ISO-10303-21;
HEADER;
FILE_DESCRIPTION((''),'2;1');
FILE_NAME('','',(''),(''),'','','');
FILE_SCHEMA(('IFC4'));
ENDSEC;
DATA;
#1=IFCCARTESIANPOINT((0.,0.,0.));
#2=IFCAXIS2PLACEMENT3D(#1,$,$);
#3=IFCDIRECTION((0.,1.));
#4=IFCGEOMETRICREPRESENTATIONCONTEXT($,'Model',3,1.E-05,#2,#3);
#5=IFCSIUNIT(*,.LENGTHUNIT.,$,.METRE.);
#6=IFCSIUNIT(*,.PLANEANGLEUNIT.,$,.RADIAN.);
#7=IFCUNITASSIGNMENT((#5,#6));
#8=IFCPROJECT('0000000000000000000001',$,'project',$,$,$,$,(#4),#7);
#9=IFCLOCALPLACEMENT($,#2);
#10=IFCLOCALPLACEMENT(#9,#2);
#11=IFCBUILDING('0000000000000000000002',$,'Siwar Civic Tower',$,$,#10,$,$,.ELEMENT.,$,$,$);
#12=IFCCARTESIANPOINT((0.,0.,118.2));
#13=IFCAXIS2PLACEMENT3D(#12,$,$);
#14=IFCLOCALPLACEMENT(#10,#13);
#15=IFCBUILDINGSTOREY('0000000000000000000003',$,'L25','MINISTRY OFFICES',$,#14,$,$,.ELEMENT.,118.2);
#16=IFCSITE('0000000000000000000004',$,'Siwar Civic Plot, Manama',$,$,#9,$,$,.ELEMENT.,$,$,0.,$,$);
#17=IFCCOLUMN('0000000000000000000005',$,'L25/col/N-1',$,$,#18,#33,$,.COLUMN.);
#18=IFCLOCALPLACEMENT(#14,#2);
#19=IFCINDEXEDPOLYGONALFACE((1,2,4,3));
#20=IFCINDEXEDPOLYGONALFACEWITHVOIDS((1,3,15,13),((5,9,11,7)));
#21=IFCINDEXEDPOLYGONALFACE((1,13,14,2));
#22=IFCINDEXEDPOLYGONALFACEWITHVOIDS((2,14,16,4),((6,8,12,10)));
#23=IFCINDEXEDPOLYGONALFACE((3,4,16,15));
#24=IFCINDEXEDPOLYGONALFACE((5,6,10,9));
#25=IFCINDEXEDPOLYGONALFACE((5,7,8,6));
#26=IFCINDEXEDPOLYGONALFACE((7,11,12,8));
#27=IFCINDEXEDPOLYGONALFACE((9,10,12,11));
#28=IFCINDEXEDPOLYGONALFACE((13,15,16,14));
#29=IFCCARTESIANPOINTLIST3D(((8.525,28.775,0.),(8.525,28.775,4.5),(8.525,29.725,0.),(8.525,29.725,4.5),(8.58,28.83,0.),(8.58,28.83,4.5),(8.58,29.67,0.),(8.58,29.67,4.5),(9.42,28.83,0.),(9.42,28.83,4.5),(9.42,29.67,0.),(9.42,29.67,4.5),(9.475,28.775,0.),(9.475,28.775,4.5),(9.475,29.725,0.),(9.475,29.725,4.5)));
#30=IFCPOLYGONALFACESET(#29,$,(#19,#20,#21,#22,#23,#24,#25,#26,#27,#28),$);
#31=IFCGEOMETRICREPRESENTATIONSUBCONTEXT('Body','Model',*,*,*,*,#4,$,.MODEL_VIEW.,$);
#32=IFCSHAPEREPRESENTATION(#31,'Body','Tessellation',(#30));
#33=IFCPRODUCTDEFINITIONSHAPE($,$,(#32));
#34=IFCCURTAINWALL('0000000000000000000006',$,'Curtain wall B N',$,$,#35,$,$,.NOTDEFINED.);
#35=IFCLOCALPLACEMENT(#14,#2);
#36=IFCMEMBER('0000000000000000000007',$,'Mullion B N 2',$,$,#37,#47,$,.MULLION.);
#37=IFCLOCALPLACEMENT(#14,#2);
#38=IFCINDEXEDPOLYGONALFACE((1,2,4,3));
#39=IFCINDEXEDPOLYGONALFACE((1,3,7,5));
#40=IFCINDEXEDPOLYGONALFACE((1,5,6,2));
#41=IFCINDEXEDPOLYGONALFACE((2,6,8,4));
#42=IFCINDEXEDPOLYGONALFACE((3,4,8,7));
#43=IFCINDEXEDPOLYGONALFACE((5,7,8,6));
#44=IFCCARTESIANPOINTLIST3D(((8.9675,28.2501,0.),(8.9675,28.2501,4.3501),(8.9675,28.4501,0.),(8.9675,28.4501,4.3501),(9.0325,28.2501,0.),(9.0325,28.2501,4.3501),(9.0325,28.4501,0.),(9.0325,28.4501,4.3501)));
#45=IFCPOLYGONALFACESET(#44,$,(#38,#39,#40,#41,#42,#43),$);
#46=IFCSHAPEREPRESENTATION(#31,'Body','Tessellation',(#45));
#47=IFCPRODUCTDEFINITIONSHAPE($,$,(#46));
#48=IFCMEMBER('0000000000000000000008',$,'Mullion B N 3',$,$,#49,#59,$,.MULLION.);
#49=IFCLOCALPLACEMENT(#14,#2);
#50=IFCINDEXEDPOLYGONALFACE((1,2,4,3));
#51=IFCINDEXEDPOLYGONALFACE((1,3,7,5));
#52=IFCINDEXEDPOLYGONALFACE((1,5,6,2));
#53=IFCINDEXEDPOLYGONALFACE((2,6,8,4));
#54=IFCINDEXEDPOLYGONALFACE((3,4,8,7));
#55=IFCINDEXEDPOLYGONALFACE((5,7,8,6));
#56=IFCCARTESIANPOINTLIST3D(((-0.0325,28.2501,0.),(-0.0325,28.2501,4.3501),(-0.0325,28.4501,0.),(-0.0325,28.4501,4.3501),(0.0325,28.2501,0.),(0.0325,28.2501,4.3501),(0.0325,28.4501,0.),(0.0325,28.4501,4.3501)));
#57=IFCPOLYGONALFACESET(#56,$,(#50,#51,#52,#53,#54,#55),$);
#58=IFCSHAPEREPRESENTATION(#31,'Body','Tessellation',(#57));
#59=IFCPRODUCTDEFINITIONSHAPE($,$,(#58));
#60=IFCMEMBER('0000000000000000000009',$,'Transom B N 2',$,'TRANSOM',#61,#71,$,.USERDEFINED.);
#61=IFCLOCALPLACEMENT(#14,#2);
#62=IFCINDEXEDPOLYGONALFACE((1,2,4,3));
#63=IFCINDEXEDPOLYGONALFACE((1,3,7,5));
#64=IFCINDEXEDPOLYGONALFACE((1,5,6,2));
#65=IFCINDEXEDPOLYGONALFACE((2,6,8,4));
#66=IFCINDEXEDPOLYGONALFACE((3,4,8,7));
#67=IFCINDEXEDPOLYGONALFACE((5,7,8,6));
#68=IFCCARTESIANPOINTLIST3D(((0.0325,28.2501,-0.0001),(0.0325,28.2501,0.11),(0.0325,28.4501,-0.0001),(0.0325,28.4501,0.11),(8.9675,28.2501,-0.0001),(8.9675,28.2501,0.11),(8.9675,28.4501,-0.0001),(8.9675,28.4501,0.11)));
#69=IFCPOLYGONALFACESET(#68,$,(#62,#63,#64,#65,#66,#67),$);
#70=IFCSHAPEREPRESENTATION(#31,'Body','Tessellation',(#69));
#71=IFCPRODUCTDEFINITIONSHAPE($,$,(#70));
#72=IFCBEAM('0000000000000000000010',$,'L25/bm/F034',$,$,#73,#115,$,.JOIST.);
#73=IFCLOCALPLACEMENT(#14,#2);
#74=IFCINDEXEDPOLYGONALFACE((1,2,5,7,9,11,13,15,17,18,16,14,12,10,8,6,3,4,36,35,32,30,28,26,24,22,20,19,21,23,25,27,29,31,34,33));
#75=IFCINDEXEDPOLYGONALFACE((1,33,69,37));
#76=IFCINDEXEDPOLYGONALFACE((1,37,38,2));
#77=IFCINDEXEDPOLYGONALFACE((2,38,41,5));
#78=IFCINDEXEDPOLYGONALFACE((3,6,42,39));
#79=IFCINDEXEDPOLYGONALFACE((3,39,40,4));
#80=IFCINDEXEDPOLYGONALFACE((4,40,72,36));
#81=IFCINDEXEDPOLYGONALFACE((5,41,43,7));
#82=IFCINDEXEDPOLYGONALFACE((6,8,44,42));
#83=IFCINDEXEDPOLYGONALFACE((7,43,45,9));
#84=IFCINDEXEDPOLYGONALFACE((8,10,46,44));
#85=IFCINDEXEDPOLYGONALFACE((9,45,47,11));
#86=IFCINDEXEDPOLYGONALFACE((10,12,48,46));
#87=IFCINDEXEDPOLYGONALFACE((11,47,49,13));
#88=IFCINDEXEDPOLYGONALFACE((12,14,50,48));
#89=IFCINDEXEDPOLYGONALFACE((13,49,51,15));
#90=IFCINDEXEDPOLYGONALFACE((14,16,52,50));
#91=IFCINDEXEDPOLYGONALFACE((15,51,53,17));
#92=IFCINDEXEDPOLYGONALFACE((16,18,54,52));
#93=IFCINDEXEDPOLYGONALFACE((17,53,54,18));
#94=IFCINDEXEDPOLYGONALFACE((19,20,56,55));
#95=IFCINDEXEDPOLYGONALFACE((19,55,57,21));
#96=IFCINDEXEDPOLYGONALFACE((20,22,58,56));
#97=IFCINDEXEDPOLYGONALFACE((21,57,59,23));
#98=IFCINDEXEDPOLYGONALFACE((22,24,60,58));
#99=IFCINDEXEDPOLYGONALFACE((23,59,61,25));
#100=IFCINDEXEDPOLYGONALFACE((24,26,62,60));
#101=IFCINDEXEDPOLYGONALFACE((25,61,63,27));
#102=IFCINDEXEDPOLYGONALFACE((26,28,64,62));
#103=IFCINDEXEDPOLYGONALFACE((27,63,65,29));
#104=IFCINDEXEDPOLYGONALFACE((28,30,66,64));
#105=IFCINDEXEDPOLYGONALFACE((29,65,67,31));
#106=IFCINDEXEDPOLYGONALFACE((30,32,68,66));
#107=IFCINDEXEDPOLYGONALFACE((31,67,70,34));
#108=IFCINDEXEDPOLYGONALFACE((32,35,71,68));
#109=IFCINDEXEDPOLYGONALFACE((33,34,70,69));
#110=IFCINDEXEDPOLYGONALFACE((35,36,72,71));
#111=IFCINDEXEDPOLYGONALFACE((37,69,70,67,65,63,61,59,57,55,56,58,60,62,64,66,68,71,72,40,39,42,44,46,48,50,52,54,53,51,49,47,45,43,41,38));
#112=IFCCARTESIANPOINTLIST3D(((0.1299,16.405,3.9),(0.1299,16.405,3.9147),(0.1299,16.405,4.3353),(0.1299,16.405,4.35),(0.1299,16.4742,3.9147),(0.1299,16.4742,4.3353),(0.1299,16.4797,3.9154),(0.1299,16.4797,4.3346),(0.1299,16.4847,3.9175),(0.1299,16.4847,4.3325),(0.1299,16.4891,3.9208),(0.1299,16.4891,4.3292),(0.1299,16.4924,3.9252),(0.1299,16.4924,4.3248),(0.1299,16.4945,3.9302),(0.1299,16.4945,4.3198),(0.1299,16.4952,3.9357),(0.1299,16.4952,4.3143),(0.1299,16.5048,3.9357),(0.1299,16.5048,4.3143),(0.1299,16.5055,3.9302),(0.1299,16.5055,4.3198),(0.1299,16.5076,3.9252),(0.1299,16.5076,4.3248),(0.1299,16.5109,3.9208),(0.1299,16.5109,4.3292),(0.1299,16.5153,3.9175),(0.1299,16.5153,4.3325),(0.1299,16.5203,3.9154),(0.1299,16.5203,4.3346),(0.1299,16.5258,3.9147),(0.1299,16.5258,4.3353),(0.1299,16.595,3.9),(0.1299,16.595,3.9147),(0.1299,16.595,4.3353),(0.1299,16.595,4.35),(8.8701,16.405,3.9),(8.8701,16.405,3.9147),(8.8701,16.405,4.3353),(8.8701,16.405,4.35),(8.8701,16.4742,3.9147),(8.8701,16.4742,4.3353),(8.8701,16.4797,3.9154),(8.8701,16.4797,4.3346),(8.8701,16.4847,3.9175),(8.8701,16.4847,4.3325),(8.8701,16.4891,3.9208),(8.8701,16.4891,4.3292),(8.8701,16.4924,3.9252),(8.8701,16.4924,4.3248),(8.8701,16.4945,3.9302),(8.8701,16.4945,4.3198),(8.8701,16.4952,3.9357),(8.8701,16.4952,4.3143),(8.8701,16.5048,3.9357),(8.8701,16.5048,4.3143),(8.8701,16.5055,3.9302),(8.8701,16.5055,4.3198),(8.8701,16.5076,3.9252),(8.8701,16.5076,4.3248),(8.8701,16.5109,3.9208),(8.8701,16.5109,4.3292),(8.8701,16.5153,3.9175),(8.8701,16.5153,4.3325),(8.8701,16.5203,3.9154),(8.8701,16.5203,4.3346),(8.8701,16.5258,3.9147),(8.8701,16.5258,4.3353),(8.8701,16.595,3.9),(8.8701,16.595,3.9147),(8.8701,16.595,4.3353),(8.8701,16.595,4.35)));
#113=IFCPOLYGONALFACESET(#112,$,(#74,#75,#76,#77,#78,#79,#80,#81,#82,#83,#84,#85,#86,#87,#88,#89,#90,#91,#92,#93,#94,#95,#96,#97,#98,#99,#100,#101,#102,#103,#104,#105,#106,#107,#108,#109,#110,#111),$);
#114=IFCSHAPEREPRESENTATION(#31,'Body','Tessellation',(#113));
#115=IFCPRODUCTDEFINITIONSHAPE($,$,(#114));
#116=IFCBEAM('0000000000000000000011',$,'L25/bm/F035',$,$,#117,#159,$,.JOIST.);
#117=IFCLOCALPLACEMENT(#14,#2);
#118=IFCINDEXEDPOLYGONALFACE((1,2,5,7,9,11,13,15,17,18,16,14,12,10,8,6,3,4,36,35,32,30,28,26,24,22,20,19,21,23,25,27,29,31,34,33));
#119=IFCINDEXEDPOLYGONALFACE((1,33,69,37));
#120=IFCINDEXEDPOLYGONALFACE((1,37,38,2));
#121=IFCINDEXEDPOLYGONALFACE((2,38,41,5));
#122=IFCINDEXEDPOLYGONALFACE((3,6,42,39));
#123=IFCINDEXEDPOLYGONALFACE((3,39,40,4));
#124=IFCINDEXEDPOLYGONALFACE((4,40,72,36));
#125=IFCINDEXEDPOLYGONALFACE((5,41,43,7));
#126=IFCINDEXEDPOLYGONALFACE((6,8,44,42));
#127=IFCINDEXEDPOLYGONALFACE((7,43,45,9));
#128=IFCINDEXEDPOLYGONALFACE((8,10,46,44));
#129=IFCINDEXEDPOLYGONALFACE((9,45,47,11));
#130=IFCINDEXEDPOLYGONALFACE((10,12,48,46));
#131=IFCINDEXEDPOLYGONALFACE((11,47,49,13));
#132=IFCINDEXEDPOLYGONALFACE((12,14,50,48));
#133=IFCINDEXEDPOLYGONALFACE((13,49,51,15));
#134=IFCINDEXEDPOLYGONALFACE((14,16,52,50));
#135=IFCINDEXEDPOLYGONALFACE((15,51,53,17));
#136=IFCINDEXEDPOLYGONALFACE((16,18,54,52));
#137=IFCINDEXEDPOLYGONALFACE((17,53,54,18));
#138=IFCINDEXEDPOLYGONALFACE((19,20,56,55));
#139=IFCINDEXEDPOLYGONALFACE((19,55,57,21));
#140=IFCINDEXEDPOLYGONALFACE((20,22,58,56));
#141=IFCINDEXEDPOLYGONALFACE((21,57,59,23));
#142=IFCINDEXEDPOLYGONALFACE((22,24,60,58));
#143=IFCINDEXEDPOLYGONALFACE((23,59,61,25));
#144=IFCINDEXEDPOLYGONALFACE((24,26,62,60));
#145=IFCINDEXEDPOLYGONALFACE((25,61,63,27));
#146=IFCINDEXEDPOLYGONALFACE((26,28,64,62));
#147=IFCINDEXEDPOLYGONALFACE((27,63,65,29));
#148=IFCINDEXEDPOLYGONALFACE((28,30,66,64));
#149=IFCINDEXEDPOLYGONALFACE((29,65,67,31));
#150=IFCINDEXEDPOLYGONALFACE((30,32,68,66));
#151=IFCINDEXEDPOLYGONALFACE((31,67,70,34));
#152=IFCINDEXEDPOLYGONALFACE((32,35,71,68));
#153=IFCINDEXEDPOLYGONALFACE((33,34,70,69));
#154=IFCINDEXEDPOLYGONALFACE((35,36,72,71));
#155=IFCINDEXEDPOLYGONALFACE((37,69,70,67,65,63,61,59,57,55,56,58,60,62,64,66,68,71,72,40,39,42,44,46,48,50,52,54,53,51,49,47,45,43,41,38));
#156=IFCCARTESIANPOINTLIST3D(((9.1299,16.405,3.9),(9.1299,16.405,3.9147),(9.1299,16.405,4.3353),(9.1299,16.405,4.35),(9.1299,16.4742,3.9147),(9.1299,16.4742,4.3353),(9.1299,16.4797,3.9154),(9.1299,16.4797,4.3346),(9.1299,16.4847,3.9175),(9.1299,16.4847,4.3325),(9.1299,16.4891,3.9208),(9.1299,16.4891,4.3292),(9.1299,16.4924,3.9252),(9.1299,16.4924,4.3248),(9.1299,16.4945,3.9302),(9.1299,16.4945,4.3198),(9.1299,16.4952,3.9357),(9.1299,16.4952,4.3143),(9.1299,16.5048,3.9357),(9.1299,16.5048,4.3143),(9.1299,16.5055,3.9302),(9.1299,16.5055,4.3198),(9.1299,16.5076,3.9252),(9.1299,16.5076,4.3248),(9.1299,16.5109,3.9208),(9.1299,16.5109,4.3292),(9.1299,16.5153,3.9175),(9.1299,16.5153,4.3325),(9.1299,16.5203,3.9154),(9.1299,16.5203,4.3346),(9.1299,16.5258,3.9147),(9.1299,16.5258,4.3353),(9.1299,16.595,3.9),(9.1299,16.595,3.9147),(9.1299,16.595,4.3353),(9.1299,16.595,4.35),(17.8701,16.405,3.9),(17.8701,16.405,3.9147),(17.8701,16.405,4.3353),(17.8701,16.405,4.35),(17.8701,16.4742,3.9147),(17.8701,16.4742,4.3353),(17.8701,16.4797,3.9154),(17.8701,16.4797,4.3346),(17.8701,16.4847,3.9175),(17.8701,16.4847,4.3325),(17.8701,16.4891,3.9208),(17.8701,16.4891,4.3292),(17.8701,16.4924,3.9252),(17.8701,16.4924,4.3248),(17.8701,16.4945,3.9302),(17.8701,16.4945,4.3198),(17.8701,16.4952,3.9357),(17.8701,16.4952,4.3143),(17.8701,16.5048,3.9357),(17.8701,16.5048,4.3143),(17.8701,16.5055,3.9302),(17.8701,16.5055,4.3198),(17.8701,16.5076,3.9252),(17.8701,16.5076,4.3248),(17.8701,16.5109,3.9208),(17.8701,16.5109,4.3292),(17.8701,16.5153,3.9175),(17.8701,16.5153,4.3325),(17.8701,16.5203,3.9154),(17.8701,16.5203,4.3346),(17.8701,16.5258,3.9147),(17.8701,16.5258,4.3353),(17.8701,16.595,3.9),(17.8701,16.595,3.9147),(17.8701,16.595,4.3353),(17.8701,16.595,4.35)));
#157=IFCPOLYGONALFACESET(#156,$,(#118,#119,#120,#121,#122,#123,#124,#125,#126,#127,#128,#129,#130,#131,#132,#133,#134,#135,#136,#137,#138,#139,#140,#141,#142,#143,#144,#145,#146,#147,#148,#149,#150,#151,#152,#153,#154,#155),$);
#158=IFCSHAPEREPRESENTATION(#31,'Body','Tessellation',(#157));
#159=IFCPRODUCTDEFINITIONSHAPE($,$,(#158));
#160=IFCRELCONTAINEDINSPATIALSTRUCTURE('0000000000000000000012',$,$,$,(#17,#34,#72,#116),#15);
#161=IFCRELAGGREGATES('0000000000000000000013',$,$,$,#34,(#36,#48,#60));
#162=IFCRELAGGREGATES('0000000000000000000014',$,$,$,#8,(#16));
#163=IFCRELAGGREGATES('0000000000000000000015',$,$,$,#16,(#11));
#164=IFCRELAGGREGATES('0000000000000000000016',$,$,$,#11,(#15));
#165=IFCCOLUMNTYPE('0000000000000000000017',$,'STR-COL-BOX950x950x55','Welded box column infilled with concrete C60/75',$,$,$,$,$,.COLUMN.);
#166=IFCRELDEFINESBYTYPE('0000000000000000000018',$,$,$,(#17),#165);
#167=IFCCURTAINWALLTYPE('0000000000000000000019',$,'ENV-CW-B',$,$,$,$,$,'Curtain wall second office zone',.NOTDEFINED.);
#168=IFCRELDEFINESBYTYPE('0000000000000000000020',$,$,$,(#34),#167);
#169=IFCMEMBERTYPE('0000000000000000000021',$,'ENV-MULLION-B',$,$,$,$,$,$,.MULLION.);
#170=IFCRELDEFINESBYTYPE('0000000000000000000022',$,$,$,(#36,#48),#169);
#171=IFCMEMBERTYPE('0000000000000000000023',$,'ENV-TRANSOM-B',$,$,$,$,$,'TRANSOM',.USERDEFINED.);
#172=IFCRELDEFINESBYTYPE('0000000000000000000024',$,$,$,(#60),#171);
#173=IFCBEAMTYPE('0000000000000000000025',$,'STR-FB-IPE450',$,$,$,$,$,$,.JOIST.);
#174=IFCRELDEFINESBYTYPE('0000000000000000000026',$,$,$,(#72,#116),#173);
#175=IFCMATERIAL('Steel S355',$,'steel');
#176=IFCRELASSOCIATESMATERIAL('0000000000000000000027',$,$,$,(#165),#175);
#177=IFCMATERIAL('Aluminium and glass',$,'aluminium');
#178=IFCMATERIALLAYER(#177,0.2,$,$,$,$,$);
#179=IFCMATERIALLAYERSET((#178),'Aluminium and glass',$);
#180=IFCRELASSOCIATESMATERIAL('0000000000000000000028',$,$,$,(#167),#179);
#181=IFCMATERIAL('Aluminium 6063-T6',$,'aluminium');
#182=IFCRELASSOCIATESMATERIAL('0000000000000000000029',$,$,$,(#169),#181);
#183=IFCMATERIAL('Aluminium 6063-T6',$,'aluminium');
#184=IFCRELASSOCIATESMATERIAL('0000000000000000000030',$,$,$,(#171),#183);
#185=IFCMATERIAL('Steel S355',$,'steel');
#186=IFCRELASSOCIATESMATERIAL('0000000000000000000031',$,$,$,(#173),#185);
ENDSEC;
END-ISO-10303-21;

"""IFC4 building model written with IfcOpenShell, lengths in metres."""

from ifc_helpers import new_model, si_unit, direction, frame, origin, origin_2d, place, context, subcontext, project, spatial, rectangle, hollow_rectangle, i_section, extrude, material, layer, layer_set, material_profile, profile_set, type_object, element, aggregate, save


model = new_model("IFC4")

# Units and contexts
model_context = context("Model", 3, precision=1e-05, world=origin(), true_north=direction((0.0, 1.0)))
body_context = subcontext(model_context, "Body", "Model", "MODEL_VIEW")
ifc_project = project(units=[si_unit("LENGTHUNIT", "METRE"), si_unit("PLANEANGLEUNIT", "RADIAN")], contexts=[model_context])

# Site, building, storey
site_placement = place(None, origin())
site = spatial("IfcSite", under=ifc_project, at=site_placement, Name="Siwar Civic Plot, Manama", CompositionType="ELEMENT", RefElevation=0.0)
building_placement = place(site_placement, origin())
building = spatial("IfcBuilding", under=site, at=building_placement, Name="Siwar Civic Tower", CompositionType="ELEMENT")
storey_placement = place(building_placement, frame((0.0, 0.0, 118.2)))
storey = spatial("IfcBuildingStorey", under=building, at=storey_placement, Name="L25", Description="MINISTRY OFFICES", CompositionType="ELEMENT", Elevation=118.2)

# Column
ifc_material_1 = material(Name="Steel S355", Category="steel")
ifc_material_profile_1 = material_profile(ifc_material_1, hollow_rectangle(XDim=0.95, YDim=0.95, WallThickness=0.0549, at=origin_2d()), Name="BOX950x950x55")
ifc_profile_set_1 = profile_set([ifc_material_profile_1], Name="Steel S355")
column_type = type_object("IfcColumnType", Name="STR-COL-BOX950x950x55", Description="Welded box column infilled with concrete C60/75", PredefinedType="COLUMN", material=ifc_profile_set_1)
column_placement = place(storey_placement, frame((9.0, 29.25, 0.0), z_axis=(0.0, 0.0, 1.0), x_axis=(1.0, 0.0, 0.0)))
element("IfcColumn", 1, at=column_placement, inside=storey, type_object=column_type, Name="L25/col/N-1", PredefinedType="COLUMN", context=body_context, shape_type="SweptSolid", body=[
    extrude(hollow_rectangle(XDim=0.95, YDim=0.95, WallThickness=0.0549, at=origin_2d()), origin(), (0.0, 0.0, 1.0), 4.5),
])

# Curtain wall, members
ifc_material_2 = material(Name="Aluminium and glass", Category="aluminium")
ifc_layer_1 = layer(ifc_material_2, 0.2)
ifc_layer_set_1 = layer_set([ifc_layer_1], Name="Aluminium and glass")
curtain_wall_type = type_object("IfcCurtainWallType", Name="ENV-CW-B", ElementType="Curtain wall second office zone", PredefinedType="NOTDEFINED", material=ifc_layer_set_1)
curtain_wall_placement = place(storey_placement, origin())
curtain_wall = element("IfcCurtainWall", 2, at=curtain_wall_placement, inside=storey, type_object=curtain_wall_type, Name="Curtain wall B N", PredefinedType="NOTDEFINED")
ifc_material_3 = material(Name="Aluminium 6063-T6", Category="aluminium")
ifc_material_profile_2 = material_profile(ifc_material_3, rectangle(XDim=0.2, YDim=0.0649, at=origin_2d()), Name="AL 200x65")
ifc_profile_set_2 = profile_set([ifc_material_profile_2], Name="Aluminium 6063-T6")
member_type_1 = type_object("IfcMemberType", Name="ENV-MULLION-B", PredefinedType="MULLION", material=ifc_profile_set_2)
member_1_placement = place(storey_placement, frame((9.0, 28.3501, 0.0), z_axis=(0.0, 0.0, 1.0), x_axis=(0.0, -1.0, 0.0)))
member_1 = element("IfcMember", 3, at=member_1_placement, type_object=member_type_1, Name="Mullion B N 2", PredefinedType="MULLION", context=body_context, shape_type="SweptSolid", body=[
    extrude(rectangle(XDim=0.2, YDim=0.0649, at=origin_2d()), origin(), (0.0, 0.0, 1.0), 4.3501),
])
member_2_placement = place(storey_placement, frame((0.0, 28.3501, 0.0), z_axis=(0.0, 0.0, 1.0), x_axis=(0.0, -1.0, 0.0)))
member_2 = element("IfcMember", 4, at=member_2_placement, type_object=member_type_1, Name="Mullion B N 3", PredefinedType="MULLION", context=body_context, shape_type="SweptSolid", body=[
    extrude(rectangle(XDim=0.2, YDim=0.0649, at=origin_2d()), origin(), (0.0, 0.0, 1.0), 4.3501),
])
ifc_material_4 = material(Name="Aluminium 6063-T6", Category="aluminium")
ifc_material_profile_3 = material_profile(ifc_material_4, rectangle(XDim=0.2, YDim=0.1101, at=origin_2d()), Name="AL 200x110")
ifc_profile_set_3 = profile_set([ifc_material_profile_3], Name="Aluminium 6063-T6")
member_type_2 = type_object("IfcMemberType", Name="ENV-TRANSOM-B", ElementType="TRANSOM", PredefinedType="USERDEFINED", material=ifc_profile_set_3)
member_3_placement = place(storey_placement, frame((8.9675, 28.3501, 0.0549), z_axis=(-1.0, 0.0, 0.0), x_axis=(0.0, -1.0, 0.0)))
member_3 = element("IfcMember", 5, at=member_3_placement, type_object=member_type_2, Name="Transom B N 2", ObjectType="TRANSOM", PredefinedType="USERDEFINED", context=body_context, shape_type="SweptSolid", body=[
    extrude(rectangle(XDim=0.2, YDim=0.1101, at=origin_2d()), origin(), (0.0, 0.0, 1.0), 8.9351),
])

# Beams
ifc_material_5 = material(Name="Steel S355", Category="steel")
ifc_material_profile_4 = material_profile(ifc_material_5, i_section(OverallWidth=0.1899, OverallDepth=0.45, WebThickness=0.0095, FlangeThickness=0.0146, FilletRadius=0.021, at=origin_2d()), Name="IPE450")
ifc_profile_set_4 = profile_set([ifc_material_profile_4], Name="Steel S355")
beam_type_1 = type_object("IfcBeamType", Name="STR-FB-IPE450", PredefinedType="JOIST", material=ifc_profile_set_4)
for number, where, z_axis, x_axis, name in (
    (6, (0.1299, 16.5, 4.125), (1.0, 0.0, 0.0), (0.0, 1.0, 0.0), "L25/bm/F034"),
    (7, (9.1299, 16.5, 4.125), (1.0, 0.0, 0.0), (0.0, 1.0, 0.0), "L25/bm/F035"),
):
    element("IfcBeam", number, at=place(storey_placement, frame(where, z_axis=z_axis, x_axis=x_axis)), inside=storey, type_object=beam_type_1, Name=name, PredefinedType="JOIST", context=body_context, shape_type="SweptSolid", body=[
        extrude(i_section(OverallWidth=0.1899, OverallDepth=0.45, WebThickness=0.0095, FlangeThickness=0.0146, FilletRadius=0.021, at=origin_2d()), origin(), (0.0, 0.0, 1.0), 8.7402),
    ])

aggregate(curtain_wall, [member_1, member_2, member_3])

save(model, "model.ifc")
